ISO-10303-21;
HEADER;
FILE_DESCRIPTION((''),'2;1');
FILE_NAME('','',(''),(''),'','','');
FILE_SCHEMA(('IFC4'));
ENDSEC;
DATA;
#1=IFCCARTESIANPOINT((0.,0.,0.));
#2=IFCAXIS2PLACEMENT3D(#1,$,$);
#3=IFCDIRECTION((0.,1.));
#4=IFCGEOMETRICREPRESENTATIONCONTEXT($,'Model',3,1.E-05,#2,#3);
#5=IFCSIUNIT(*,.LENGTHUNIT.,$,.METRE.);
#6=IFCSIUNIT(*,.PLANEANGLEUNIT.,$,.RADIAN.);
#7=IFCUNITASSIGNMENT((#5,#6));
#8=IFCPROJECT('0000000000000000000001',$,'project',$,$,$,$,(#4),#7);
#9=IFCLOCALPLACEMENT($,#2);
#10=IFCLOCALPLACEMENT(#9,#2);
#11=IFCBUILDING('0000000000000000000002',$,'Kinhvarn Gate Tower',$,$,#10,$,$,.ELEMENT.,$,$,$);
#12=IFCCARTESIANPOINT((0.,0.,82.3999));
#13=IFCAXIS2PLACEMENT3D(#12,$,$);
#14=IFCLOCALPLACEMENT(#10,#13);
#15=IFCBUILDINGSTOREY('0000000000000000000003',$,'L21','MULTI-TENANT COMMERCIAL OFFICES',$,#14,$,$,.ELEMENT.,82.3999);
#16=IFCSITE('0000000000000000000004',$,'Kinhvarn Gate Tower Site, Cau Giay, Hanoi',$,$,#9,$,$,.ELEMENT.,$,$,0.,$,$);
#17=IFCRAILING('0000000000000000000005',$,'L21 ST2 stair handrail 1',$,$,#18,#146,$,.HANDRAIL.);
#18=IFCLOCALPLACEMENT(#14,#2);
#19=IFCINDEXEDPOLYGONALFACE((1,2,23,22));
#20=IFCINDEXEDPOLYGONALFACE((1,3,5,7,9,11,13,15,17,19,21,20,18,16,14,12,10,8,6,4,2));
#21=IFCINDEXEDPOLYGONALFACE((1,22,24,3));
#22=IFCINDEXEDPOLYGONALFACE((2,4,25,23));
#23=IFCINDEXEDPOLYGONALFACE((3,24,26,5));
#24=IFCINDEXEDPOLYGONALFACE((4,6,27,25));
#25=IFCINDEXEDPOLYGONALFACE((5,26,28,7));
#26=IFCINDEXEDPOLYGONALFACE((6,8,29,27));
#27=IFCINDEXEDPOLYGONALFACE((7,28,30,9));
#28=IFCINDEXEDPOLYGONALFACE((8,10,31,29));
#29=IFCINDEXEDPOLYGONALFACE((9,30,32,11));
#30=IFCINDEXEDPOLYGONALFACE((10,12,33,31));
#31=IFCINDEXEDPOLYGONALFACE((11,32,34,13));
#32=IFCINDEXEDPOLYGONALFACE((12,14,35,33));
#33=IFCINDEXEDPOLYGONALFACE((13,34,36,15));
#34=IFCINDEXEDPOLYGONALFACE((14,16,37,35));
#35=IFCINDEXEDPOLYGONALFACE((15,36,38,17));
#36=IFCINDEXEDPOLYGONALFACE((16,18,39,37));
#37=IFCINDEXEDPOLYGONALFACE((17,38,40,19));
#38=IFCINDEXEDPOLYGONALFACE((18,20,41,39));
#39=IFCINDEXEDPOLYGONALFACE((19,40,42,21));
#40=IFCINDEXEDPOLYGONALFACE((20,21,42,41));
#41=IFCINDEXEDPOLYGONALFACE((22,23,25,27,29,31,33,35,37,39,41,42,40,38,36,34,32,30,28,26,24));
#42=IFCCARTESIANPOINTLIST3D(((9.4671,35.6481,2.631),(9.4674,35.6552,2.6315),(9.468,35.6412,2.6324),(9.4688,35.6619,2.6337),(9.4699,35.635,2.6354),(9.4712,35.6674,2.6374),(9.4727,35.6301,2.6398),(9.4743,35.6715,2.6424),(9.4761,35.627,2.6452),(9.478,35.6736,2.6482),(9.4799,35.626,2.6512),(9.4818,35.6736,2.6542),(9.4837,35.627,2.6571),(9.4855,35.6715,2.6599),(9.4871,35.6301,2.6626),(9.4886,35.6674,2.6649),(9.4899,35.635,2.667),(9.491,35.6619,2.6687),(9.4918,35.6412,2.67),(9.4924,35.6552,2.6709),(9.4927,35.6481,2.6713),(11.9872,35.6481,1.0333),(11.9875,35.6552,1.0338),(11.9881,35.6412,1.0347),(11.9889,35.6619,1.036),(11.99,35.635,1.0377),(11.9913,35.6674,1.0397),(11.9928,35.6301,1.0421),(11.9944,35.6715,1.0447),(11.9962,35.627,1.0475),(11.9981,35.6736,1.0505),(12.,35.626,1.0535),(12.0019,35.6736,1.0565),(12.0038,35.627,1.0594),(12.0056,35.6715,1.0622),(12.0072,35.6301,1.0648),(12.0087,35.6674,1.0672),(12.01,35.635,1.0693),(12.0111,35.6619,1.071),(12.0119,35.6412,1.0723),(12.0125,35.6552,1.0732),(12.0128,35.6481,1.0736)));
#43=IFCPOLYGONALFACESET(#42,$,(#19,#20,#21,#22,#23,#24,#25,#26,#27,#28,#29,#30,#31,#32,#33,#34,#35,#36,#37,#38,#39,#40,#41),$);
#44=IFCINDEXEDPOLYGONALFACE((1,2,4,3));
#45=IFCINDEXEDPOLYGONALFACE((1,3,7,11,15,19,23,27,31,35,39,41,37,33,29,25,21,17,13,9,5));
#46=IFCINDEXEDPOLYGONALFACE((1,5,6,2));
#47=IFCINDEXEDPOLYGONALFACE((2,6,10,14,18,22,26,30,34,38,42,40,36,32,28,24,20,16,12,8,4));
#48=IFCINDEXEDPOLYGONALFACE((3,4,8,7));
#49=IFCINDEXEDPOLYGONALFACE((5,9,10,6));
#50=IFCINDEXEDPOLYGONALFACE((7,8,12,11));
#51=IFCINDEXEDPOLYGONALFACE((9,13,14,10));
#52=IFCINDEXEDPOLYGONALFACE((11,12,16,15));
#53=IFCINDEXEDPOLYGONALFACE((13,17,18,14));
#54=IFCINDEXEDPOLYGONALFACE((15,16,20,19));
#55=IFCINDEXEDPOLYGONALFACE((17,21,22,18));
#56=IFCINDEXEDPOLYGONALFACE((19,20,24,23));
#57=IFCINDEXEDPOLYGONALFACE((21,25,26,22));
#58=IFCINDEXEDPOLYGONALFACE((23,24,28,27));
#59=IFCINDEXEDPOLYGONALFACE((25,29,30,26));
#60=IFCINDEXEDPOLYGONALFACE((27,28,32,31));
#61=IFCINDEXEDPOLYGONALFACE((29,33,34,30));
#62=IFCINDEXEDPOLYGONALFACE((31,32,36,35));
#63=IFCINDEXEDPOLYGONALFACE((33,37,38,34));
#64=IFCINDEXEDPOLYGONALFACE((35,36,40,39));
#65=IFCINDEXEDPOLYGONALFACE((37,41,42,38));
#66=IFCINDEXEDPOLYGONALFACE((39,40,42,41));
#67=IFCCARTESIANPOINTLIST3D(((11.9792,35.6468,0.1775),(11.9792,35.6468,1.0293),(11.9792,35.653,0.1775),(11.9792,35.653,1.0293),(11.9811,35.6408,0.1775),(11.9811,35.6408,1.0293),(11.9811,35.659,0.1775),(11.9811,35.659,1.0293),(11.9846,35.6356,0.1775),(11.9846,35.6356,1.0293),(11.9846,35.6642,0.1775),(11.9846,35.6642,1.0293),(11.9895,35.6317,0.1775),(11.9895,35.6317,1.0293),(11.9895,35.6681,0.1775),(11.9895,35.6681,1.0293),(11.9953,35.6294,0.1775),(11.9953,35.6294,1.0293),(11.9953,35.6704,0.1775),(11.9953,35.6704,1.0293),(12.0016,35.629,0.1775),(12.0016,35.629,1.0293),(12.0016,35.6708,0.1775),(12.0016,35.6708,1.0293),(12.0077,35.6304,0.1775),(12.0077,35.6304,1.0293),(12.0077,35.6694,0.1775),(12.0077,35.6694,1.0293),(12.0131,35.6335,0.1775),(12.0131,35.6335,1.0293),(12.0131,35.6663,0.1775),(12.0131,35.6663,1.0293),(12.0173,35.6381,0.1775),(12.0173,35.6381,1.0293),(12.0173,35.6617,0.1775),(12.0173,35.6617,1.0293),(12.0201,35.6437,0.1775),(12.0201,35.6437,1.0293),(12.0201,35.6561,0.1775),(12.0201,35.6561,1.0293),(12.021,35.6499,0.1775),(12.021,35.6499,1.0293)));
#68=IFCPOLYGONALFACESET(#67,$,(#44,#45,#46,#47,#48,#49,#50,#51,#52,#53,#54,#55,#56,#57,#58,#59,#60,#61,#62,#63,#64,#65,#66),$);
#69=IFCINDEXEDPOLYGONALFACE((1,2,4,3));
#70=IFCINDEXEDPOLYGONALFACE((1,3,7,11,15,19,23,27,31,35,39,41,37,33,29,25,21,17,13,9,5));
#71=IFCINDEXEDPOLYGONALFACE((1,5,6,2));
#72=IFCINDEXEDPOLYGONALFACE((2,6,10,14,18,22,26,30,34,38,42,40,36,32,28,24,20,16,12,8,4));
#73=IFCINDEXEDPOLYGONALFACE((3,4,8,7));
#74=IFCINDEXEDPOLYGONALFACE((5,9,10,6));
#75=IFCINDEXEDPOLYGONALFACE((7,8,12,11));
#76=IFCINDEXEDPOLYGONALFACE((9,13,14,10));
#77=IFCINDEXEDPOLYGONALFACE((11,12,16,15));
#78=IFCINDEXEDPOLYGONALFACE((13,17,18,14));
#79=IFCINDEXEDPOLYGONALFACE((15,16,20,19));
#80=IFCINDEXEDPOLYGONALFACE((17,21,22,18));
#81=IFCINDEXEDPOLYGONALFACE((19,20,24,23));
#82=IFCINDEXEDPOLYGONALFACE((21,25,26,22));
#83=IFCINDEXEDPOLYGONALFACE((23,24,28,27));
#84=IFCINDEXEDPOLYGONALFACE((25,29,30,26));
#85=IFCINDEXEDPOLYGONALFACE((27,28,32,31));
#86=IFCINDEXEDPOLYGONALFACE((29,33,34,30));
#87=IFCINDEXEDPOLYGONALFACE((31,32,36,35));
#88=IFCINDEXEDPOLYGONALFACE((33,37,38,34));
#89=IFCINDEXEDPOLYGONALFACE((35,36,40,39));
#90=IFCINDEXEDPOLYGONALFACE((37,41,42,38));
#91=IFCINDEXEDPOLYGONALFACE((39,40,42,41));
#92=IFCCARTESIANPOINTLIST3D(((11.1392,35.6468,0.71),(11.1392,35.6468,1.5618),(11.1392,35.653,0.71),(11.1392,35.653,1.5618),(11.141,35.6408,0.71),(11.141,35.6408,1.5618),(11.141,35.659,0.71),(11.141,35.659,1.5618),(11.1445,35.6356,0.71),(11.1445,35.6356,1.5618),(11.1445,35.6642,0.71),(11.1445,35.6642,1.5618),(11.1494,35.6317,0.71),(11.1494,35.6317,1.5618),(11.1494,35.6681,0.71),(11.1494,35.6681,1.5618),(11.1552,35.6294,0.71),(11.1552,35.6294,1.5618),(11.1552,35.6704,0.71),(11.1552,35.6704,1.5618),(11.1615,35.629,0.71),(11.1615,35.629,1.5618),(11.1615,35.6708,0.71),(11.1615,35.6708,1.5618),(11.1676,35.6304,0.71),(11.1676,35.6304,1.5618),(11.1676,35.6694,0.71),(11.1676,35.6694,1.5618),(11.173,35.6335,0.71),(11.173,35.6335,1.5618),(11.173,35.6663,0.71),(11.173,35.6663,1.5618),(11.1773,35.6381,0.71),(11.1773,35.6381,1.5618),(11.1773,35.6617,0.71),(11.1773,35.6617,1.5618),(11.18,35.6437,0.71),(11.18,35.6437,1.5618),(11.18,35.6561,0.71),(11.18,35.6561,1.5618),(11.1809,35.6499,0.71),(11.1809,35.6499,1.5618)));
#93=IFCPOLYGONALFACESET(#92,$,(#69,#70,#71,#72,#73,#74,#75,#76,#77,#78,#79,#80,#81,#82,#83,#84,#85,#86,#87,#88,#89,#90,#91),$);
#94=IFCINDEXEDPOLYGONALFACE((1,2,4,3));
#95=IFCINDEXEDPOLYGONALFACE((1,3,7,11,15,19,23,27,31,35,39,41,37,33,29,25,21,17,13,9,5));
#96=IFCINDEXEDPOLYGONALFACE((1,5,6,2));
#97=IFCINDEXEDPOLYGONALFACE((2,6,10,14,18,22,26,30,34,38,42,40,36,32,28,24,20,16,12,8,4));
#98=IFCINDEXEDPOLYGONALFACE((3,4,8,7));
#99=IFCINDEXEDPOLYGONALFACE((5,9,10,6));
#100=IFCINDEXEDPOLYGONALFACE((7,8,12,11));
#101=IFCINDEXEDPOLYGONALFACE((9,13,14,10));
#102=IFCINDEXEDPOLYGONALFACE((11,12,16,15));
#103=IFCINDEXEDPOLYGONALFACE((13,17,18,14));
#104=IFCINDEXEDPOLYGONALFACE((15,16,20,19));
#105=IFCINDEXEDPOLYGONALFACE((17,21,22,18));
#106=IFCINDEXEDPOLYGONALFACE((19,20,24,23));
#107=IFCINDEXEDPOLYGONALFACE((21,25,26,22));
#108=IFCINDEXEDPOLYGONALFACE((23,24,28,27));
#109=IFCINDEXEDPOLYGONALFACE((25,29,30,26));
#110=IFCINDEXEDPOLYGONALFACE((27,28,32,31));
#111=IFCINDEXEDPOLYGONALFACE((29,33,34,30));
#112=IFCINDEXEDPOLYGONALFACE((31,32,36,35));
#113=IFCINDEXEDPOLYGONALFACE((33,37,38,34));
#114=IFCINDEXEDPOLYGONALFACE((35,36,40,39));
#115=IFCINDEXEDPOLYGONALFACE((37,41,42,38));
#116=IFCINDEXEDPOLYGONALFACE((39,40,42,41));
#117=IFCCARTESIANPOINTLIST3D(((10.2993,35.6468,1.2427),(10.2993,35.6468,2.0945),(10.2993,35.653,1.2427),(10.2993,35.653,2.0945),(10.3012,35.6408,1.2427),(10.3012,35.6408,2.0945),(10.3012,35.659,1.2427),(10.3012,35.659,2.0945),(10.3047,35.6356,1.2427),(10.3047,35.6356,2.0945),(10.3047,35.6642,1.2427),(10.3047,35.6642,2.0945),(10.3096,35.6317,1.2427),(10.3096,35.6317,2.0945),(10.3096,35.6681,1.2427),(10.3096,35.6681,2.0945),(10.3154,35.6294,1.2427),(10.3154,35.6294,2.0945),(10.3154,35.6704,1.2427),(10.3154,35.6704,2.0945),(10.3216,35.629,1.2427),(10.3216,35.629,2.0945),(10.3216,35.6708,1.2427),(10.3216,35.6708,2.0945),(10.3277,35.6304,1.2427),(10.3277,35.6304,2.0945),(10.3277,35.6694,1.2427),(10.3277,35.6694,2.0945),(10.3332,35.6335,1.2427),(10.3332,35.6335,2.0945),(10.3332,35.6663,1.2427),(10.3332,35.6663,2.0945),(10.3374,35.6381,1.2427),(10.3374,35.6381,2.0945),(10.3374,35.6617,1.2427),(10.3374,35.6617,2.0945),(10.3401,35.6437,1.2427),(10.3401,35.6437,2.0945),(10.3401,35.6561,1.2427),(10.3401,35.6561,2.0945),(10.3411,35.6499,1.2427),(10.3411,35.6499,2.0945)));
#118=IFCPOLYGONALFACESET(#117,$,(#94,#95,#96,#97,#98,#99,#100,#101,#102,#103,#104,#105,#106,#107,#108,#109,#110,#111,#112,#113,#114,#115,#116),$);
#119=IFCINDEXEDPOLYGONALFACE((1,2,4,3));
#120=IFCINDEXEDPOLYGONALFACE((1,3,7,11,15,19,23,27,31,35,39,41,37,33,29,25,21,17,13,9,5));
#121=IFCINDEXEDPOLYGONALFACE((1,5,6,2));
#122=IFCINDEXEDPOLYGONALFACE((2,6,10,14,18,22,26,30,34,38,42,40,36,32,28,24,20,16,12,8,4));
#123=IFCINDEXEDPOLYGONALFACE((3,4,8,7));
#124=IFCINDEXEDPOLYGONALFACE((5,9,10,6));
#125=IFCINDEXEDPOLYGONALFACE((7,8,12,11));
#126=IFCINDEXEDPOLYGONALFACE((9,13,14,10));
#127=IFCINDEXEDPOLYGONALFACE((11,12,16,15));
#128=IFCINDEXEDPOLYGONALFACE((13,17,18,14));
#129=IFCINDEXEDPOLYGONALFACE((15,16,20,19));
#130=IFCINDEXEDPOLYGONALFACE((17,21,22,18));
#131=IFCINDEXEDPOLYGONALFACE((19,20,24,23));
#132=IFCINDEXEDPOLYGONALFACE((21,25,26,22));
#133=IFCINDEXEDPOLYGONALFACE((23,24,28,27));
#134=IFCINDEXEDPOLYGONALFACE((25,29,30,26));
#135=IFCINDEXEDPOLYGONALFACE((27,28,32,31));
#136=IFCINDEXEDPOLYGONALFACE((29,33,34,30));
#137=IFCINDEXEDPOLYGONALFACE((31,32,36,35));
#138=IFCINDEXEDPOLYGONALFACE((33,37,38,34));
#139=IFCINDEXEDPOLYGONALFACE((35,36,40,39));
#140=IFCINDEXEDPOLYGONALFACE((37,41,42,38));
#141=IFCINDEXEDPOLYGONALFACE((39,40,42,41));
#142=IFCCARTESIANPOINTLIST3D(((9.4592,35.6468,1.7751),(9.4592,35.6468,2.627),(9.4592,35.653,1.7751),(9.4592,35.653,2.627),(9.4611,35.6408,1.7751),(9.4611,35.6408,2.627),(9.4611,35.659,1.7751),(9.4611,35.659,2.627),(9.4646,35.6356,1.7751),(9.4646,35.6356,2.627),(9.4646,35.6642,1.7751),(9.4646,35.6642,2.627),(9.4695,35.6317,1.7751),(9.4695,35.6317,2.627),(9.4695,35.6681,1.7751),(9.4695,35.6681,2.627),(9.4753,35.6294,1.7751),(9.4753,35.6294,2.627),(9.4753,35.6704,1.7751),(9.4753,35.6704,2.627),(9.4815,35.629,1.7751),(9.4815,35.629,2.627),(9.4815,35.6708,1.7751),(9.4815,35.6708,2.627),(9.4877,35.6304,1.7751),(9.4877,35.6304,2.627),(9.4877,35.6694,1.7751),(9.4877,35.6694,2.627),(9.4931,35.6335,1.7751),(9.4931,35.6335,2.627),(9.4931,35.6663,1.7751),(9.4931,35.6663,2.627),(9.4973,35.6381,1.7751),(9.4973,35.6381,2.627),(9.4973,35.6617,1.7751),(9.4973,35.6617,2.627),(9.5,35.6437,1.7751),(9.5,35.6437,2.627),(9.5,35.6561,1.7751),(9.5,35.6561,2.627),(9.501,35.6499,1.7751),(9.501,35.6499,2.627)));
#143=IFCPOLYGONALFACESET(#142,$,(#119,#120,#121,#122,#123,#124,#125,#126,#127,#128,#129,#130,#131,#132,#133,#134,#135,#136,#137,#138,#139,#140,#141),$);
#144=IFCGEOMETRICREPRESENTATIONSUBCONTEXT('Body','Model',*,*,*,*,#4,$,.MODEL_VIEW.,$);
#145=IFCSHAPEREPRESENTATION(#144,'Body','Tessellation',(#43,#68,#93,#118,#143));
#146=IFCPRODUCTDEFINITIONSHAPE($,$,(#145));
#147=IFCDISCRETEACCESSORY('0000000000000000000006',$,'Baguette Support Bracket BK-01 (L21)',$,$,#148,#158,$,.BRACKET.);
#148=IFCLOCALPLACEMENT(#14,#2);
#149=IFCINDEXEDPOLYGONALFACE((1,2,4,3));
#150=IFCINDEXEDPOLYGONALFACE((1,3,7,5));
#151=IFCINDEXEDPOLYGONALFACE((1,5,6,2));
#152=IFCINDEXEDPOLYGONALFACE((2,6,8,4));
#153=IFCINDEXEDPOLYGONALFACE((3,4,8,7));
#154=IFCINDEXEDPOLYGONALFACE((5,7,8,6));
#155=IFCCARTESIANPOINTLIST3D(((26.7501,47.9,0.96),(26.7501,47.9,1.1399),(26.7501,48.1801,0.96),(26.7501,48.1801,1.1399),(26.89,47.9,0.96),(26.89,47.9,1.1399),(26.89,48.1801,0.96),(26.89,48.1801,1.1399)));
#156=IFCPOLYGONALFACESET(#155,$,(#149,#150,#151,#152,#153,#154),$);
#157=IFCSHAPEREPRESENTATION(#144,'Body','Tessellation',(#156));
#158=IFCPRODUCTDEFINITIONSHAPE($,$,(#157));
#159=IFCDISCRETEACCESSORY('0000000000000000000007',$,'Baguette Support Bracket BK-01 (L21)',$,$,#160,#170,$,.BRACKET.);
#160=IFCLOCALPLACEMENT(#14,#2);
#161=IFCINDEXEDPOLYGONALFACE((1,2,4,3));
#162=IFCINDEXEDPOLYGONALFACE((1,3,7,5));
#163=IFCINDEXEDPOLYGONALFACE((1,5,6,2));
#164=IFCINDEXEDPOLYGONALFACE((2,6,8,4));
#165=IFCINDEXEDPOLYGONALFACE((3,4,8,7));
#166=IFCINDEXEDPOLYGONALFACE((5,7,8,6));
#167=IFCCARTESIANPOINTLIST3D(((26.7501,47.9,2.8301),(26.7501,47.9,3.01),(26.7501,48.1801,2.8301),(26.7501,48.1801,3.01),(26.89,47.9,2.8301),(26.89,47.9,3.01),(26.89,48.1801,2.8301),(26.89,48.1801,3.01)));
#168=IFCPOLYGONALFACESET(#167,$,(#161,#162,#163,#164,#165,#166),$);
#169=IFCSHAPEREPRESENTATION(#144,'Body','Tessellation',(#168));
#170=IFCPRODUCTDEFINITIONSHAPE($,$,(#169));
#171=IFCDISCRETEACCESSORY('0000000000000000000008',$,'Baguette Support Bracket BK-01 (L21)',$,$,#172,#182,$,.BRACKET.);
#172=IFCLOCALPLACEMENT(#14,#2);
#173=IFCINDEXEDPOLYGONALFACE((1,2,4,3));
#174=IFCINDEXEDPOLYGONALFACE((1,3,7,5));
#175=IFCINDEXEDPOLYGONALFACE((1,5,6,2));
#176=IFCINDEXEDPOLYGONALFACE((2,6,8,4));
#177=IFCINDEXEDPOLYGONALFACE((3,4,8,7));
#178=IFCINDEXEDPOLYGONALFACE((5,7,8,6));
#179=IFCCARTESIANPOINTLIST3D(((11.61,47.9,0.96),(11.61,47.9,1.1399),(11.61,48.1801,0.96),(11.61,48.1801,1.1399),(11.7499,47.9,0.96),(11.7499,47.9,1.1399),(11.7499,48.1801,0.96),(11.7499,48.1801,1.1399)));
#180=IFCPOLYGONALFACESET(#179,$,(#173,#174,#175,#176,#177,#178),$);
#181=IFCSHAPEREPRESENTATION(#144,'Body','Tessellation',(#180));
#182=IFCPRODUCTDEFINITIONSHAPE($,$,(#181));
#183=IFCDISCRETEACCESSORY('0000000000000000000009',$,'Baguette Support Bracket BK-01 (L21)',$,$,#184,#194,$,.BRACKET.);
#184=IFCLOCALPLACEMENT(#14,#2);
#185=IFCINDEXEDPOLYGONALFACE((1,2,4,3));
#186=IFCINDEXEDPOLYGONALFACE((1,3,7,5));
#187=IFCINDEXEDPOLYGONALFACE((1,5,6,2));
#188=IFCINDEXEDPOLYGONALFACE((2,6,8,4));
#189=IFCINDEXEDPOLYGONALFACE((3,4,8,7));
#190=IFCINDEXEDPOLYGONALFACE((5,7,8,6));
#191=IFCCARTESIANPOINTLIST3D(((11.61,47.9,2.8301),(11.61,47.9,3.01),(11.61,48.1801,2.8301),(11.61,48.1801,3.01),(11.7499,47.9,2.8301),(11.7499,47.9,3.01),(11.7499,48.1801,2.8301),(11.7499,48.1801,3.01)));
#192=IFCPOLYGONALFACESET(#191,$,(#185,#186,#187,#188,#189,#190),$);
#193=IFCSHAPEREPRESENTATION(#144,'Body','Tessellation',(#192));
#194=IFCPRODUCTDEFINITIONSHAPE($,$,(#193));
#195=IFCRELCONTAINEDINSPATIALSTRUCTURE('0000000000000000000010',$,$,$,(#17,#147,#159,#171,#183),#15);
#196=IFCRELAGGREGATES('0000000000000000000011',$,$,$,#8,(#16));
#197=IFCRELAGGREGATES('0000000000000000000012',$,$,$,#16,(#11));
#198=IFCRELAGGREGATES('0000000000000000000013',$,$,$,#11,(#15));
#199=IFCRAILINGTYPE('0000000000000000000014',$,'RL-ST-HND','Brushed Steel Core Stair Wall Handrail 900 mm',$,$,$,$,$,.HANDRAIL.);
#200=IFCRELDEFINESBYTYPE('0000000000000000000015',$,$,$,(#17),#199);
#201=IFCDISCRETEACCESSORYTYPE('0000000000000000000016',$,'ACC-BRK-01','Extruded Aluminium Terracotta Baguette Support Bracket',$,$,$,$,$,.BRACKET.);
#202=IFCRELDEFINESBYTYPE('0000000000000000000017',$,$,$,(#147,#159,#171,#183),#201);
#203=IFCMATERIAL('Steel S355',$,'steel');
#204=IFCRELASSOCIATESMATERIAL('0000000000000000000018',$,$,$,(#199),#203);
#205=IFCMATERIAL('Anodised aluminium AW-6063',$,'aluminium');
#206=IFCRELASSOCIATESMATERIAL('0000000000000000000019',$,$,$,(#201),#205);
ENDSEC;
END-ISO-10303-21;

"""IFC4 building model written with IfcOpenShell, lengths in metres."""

from ifc_helpers import new_model, si_unit, direction, frame, origin, origin_2d, place, context, subcontext, project, spatial, rectangle, circle, extrude, material, type_object, element, save


model = new_model("IFC4")

# Units and contexts
model_context = context("Model", 3, precision=1e-05, world=origin(), true_north=direction((0.0, 1.0)))
body_context = subcontext(model_context, "Body", "Model", "MODEL_VIEW")
ifc_project = project(units=[si_unit("LENGTHUNIT", "METRE"), si_unit("PLANEANGLEUNIT", "RADIAN")], contexts=[model_context])

# Site, building, storey
site_placement = place(None, origin())
site = spatial("IfcSite", under=ifc_project, at=site_placement, Name="Kinhvarn Gate Tower Site, Cau Giay, Hanoi", CompositionType="ELEMENT", RefElevation=0.0)
building_placement = place(site_placement, origin())
building = spatial("IfcBuilding", under=site, at=building_placement, Name="Kinhvarn Gate Tower", CompositionType="ELEMENT")
storey_placement = place(building_placement, frame((0.0, 0.0, 82.3999)))
storey = spatial("IfcBuildingStorey", under=building, at=storey_placement, Name="L21", Description="MULTI-TENANT COMMERCIAL OFFICES", CompositionType="ELEMENT", Elevation=82.3999)

# Shared definitions
ifc_material_1 = material(Name="Anodised aluminium AW-6063", Category="aluminium")

# Shared definitions
ifc_material_2 = material(Name="Steel S355", Category="steel")

# Railing
railing_type_1 = type_object("IfcRailingType", Name="RL-ST-HND", Description="Brushed Steel Core Stair Wall Handrail 900 mm", PredefinedType="HANDRAIL", material=ifc_material_2)
railing_1_placement = place(storey_placement, frame((12.0, 35.6499, 0.1775)))
element("IfcRailing", 1, at=railing_1_placement, inside=storey, type_object=railing_type_1, Name="L21 ST2 stair handrail 1", PredefinedType="HANDRAIL", context=body_context, shape_type="SweptSolid", body=[
    extrude(circle(Radius=0.0239, at=origin_2d()), frame((0.0, 0.0, 0.876), z_axis=(-0.84457, 0.0, 0.535445), x_axis=(0.0, -1.0, 0.0)), (0.0, 0.0, 1.0), 2.9839),
    extrude(circle(Radius=0.021, at=origin_2d()), origin(), (0.0, 0.0, 1.0), 0.8518),
    extrude(circle(Radius=0.021, at=origin_2d()), frame((-0.8401, 0.0, 0.5325)), (0.0, 0.0, 1.0), 0.8518),
    extrude(circle(Radius=0.021, at=origin_2d()), frame((-1.6799, 0.0, 1.0652)), (0.0, 0.0, 1.0), 0.8518),
    extrude(circle(Radius=0.021, at=origin_2d()), frame((-2.52, 0.0, 1.5977)), (0.0, 0.0, 1.0), 0.8518),
])

# Discrete accessories
discrete_accessory_type = type_object("IfcDiscreteAccessoryType", Name="ACC-BRK-01", Description="Extruded Aluminium Terracotta Baguette Support Bracket", PredefinedType="BRACKET", material=ifc_material_1)
for number, where, z_axis, x_axis, name in (
    (2, (26.8201, 48.04, 0.96), (0.0, 0.0, 1.0), (-1.0, 0.0, 0.0), "Baguette Support Bracket BK-01 (L21)"),
    (3, (26.8201, 48.04, 2.8301), (0.0, 0.0, 1.0), (-1.0, 0.0, 0.0), "Baguette Support Bracket BK-01 (L21)"),
    (4, (11.6799, 48.04, 0.96), (0.0, 0.0, 1.0), (-1.0, 0.0, 0.0), "Baguette Support Bracket BK-01 (L21)"),
    (5, (11.6799, 48.04, 2.8301), (0.0, 0.0, 1.0), (-1.0, 0.0, 0.0), "Baguette Support Bracket BK-01 (L21)"),
):
    element("IfcDiscreteAccessory", number, at=place(storey_placement, frame(where, z_axis=z_axis, x_axis=x_axis)), inside=storey, type_object=discrete_accessory_type, Name=name, PredefinedType="BRACKET", context=body_context, shape_type="SweptSolid", body=[
        extrude(rectangle(XDim=0.1399, YDim=0.28, at=origin_2d()), origin(), (0.0, 0.0, 1.0), 0.1799),
    ])

save(model, "model.ifc")
